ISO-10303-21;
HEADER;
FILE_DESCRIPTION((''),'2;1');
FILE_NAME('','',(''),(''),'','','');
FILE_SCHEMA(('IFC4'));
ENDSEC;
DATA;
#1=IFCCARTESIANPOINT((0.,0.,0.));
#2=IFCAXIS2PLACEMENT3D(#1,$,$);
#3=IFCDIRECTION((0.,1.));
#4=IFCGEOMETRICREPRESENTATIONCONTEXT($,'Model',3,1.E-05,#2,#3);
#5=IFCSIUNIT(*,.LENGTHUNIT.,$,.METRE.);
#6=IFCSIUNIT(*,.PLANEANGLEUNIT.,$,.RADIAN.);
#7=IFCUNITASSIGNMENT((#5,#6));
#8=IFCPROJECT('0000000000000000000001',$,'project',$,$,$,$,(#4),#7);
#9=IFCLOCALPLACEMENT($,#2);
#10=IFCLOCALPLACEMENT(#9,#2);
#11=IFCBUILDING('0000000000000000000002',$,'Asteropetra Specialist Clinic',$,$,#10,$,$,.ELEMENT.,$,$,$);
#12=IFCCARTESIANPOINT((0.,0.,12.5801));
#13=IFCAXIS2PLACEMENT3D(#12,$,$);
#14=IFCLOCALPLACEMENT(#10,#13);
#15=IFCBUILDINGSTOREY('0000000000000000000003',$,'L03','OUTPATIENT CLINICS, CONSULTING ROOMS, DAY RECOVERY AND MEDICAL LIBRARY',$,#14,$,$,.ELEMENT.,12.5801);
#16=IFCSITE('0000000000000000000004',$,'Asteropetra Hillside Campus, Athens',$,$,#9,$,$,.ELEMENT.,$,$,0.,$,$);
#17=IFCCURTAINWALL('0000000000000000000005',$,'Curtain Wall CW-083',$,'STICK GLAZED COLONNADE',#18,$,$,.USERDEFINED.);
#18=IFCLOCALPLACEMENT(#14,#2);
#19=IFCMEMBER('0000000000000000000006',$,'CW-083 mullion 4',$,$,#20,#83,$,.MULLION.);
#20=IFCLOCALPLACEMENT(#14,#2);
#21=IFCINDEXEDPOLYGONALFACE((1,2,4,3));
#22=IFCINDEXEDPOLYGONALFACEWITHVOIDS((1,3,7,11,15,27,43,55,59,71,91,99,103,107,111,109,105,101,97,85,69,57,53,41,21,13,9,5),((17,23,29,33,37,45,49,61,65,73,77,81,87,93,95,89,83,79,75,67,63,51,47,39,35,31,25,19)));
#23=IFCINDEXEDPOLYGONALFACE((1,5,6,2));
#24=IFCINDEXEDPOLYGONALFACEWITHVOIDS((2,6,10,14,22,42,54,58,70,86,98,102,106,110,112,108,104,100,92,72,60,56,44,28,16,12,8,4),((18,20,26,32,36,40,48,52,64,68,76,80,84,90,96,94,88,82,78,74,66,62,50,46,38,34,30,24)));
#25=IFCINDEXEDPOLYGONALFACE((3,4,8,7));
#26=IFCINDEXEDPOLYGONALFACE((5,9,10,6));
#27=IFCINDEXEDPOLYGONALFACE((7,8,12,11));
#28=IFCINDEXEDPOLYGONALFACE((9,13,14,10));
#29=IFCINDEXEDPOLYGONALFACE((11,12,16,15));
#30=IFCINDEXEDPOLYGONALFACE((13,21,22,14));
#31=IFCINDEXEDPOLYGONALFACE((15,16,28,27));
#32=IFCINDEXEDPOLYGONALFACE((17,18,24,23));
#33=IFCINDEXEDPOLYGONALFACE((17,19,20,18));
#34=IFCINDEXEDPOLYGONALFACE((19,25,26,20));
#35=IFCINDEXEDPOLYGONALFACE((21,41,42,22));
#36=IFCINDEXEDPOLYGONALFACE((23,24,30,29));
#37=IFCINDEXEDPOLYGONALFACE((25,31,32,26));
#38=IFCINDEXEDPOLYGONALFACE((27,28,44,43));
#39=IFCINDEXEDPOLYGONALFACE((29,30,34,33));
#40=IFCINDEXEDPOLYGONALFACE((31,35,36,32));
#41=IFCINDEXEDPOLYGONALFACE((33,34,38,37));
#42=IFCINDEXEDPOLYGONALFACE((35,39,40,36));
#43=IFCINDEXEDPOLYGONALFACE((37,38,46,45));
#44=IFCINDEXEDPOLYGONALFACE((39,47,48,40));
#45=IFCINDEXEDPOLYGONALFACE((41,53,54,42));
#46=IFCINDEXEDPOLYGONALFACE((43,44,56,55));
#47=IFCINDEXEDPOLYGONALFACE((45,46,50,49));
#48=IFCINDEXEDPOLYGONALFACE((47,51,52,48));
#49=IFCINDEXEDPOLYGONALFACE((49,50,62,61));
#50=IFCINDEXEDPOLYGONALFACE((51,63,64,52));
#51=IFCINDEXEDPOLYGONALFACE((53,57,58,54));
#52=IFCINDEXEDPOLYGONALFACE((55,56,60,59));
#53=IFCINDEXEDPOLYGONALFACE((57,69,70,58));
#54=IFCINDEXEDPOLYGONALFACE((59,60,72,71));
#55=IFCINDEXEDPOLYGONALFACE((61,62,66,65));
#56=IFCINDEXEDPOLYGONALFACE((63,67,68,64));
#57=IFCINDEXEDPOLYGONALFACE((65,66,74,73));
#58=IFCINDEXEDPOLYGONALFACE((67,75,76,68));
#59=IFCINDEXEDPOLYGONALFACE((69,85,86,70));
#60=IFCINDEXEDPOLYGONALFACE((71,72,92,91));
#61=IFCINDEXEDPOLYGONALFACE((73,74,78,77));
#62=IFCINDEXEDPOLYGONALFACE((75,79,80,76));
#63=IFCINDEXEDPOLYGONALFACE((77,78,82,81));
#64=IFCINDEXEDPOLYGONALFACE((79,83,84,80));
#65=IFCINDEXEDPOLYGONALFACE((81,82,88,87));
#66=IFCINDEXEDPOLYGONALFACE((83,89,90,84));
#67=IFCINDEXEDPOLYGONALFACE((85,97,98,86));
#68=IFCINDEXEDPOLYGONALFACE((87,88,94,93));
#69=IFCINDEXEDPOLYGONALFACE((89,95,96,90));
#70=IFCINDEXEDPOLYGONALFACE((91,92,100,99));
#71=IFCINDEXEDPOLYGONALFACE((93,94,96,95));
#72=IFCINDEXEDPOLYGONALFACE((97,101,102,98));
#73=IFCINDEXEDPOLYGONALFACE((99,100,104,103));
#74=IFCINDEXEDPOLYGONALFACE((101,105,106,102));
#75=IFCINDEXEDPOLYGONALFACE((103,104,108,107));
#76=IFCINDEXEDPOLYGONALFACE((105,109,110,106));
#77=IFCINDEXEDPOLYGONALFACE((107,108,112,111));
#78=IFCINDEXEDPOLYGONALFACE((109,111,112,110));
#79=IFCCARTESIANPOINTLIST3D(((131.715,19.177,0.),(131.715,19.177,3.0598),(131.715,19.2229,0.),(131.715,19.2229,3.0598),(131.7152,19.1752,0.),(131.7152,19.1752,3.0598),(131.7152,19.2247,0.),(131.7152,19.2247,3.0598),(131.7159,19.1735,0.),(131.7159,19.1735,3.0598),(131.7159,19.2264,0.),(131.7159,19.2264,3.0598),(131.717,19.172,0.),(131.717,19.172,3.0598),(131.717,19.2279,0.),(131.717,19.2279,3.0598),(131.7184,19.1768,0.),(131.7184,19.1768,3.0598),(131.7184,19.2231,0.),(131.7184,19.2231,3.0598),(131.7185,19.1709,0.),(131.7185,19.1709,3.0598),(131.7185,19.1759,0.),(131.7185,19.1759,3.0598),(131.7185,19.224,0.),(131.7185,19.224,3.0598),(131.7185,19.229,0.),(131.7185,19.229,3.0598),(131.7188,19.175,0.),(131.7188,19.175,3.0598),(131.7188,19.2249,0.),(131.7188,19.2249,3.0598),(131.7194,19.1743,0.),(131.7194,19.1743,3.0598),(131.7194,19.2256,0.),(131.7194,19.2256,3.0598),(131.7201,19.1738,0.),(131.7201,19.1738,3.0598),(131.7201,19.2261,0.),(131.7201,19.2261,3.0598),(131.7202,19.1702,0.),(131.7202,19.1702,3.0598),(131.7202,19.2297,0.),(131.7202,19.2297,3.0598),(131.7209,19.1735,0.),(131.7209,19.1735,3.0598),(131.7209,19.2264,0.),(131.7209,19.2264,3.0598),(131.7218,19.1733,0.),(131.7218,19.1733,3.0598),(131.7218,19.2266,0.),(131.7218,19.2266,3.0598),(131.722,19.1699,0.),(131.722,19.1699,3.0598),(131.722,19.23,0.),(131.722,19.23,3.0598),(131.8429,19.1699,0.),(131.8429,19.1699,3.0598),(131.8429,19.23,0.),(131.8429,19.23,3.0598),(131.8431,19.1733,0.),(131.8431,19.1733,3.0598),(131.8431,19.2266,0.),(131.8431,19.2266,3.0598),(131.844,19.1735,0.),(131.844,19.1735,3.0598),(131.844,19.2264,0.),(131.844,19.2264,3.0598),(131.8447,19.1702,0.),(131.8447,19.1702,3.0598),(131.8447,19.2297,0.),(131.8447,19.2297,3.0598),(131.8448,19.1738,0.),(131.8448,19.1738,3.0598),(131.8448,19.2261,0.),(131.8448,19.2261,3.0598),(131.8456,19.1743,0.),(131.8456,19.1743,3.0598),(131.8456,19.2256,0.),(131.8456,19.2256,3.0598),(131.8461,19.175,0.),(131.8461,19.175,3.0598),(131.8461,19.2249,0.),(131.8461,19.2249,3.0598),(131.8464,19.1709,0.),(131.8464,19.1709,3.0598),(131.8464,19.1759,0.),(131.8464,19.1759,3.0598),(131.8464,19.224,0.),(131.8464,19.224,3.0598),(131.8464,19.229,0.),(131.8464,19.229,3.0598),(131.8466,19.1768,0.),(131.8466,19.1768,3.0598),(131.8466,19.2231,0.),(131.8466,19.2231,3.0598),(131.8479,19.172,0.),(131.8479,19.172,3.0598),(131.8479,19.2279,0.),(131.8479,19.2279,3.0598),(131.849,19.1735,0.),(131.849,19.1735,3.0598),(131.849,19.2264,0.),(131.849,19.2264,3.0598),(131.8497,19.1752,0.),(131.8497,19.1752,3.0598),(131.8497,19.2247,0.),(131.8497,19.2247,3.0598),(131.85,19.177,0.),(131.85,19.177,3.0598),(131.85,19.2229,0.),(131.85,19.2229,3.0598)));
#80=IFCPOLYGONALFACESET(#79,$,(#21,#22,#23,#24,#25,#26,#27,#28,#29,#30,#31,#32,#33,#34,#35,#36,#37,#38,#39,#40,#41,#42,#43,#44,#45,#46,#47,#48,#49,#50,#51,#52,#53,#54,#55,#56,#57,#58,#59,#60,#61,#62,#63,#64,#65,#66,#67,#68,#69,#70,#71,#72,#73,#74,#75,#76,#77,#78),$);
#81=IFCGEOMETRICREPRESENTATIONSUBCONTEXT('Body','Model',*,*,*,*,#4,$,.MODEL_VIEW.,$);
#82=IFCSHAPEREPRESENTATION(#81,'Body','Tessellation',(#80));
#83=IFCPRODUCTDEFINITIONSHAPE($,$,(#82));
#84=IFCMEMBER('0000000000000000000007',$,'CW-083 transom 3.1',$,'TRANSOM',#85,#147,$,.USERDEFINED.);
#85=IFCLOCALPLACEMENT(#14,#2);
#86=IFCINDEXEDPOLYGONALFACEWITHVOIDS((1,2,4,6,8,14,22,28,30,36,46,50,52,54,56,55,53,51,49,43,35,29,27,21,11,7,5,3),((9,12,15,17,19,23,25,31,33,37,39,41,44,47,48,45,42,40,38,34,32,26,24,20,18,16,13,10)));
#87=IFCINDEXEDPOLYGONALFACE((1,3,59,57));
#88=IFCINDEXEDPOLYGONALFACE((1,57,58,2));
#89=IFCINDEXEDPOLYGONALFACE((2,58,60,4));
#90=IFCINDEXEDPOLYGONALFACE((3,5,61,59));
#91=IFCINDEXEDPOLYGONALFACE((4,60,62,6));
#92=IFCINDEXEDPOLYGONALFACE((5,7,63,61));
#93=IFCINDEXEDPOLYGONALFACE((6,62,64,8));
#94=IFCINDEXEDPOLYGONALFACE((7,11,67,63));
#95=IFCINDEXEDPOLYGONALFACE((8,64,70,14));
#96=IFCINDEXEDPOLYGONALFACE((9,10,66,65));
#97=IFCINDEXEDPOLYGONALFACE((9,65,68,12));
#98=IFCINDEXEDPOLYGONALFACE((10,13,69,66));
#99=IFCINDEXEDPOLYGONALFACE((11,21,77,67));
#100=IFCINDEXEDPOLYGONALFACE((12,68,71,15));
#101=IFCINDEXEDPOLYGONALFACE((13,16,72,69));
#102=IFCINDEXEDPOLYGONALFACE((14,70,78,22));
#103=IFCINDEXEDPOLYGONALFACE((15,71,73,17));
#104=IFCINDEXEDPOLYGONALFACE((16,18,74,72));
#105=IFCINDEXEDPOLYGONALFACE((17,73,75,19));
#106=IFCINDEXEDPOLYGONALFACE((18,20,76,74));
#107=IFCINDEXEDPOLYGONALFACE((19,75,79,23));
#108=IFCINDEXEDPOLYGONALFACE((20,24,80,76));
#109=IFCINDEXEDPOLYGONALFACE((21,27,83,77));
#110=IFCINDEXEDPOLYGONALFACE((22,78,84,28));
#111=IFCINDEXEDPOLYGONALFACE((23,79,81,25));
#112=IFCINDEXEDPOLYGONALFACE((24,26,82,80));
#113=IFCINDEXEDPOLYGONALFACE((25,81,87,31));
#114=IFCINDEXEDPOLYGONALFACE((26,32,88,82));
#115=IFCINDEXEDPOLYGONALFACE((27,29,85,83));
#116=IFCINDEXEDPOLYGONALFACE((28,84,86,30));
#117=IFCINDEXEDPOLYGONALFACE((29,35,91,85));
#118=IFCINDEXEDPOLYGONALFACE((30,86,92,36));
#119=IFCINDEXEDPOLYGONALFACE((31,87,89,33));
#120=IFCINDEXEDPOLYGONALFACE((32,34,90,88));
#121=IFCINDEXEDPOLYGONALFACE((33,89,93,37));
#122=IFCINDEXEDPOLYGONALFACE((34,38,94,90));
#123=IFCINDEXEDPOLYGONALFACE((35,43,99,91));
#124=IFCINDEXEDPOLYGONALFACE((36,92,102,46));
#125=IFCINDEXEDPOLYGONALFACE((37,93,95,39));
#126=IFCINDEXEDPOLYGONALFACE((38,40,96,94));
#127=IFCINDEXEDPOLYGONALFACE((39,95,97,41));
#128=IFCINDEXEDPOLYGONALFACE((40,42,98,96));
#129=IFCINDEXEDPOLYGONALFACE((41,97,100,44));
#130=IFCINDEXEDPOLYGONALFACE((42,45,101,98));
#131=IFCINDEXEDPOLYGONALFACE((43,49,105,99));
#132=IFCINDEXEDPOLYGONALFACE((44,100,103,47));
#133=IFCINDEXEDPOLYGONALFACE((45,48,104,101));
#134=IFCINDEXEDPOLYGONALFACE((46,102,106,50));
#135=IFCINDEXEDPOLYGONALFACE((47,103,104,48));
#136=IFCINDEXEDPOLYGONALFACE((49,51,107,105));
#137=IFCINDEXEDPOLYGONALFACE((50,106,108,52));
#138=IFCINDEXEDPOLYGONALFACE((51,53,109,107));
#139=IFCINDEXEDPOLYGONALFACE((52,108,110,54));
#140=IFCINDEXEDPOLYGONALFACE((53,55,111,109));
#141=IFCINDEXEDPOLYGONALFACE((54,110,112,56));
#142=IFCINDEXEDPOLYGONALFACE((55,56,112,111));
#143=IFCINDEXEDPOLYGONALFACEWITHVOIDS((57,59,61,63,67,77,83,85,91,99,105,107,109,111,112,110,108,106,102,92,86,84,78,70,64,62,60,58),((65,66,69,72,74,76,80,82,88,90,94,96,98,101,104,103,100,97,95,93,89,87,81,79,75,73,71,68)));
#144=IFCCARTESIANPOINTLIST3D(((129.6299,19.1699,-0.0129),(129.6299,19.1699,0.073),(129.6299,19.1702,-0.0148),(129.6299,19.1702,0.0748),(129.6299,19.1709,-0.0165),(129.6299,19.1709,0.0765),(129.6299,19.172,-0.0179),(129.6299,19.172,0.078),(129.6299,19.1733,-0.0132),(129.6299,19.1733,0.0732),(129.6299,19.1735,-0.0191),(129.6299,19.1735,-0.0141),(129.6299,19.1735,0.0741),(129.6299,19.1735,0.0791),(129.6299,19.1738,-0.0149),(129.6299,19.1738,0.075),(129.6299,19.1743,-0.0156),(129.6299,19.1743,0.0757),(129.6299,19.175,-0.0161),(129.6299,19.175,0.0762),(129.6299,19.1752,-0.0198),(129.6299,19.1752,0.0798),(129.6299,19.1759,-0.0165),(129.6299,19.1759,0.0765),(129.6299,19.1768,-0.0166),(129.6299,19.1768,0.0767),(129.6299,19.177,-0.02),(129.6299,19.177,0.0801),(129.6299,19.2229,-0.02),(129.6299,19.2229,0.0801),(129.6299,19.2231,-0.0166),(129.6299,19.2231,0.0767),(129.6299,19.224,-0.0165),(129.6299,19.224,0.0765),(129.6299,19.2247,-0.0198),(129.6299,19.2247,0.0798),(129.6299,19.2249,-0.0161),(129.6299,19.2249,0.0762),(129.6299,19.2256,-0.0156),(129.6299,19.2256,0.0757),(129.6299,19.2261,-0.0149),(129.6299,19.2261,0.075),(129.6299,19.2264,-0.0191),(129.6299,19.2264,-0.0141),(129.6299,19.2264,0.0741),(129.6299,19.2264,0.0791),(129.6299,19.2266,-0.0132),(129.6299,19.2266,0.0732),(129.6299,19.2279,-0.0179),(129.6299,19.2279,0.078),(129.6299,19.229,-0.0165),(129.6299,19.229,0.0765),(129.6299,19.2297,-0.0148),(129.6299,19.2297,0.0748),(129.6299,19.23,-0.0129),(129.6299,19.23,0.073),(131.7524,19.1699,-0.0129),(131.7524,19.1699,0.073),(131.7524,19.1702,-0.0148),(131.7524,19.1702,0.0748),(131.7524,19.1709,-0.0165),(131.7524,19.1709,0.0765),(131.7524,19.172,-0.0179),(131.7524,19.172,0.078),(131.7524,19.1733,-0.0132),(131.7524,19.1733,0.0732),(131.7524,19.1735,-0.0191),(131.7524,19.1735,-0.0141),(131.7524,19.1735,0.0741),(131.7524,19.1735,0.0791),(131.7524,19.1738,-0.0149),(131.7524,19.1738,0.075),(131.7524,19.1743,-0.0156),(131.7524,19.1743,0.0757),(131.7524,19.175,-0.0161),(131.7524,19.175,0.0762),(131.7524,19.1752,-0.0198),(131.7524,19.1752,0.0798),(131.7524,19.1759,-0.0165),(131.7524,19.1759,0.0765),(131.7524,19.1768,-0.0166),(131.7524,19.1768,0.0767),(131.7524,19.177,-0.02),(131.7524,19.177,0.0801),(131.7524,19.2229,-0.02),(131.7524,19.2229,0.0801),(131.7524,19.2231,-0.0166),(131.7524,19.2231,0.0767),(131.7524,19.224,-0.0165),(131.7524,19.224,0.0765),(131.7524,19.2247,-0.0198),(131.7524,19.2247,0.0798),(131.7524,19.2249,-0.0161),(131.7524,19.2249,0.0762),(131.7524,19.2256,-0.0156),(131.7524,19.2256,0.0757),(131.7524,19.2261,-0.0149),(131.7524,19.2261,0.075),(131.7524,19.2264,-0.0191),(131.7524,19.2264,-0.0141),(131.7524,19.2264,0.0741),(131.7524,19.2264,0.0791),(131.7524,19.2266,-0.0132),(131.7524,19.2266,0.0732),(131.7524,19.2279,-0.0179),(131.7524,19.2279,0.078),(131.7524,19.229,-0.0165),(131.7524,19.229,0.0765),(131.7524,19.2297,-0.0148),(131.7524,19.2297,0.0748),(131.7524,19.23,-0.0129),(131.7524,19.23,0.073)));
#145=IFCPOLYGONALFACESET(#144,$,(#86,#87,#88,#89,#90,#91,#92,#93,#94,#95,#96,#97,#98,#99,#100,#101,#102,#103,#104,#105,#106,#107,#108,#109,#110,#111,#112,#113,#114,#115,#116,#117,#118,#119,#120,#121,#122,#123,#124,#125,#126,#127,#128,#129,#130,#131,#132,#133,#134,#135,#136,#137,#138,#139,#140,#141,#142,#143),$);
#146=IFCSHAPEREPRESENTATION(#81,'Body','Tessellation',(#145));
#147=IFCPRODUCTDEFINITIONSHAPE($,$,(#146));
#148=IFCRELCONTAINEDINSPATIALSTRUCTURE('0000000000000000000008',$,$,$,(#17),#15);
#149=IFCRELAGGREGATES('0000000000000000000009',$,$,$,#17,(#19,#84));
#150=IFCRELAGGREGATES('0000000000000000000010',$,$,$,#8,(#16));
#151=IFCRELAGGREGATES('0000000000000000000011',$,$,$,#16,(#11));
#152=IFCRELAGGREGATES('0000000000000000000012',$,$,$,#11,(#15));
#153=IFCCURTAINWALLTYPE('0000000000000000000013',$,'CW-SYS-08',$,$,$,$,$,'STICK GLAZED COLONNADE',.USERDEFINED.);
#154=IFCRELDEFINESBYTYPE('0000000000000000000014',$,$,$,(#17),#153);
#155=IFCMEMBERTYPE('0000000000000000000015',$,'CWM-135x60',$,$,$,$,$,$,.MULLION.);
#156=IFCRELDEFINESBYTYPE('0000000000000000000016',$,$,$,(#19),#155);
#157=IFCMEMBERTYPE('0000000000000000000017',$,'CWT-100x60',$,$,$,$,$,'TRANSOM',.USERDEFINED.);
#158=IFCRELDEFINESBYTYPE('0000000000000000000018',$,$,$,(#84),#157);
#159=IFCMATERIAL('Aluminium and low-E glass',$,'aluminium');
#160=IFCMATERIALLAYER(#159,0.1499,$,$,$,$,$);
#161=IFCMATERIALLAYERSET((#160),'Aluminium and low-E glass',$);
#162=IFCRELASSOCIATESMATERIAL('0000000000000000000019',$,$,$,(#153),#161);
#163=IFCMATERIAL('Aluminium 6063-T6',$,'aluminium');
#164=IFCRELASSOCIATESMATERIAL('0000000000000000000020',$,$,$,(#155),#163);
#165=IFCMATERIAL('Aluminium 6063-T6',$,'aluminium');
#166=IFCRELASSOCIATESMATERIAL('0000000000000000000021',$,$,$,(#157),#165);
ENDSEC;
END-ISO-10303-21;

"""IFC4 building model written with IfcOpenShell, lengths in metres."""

from ifc_helpers import new_model, si_unit, direction, frame, origin, origin_2d, place, context, subcontext, project, spatial, hollow_rectangle, extrude, material, layer, layer_set, material_profile, profile_set, type_object, element, aggregate, save


model = new_model("IFC4")

# Units and contexts
model_context = context("Model", 3, precision=1e-05, world=origin(), true_north=direction((0.0, 1.0)))
body_context = subcontext(model_context, "Body", "Model", "MODEL_VIEW")
ifc_project = project(units=[si_unit("LENGTHUNIT", "METRE"), si_unit("PLANEANGLEUNIT", "RADIAN")], contexts=[model_context])

# Site, building, storey
site_placement = place(None, origin())
site = spatial("IfcSite", under=ifc_project, at=site_placement, Name="Asteropetra Hillside Campus, Athens", CompositionType="ELEMENT", RefElevation=0.0)
building_placement = place(site_placement, origin())
building = spatial("IfcBuilding", under=site, at=building_placement, Name="Asteropetra Specialist Clinic", CompositionType="ELEMENT")
storey_placement = place(building_placement, frame((0.0, 0.0, 12.5801)))
storey = spatial("IfcBuildingStorey", under=building, at=storey_placement, Name="L03", Description="OUTPATIENT CLINICS, CONSULTING ROOMS, DAY RECOVERY AND MEDICAL LIBRARY", CompositionType="ELEMENT", Elevation=12.5801)

# Curtain wall, members
ifc_material_1 = material(Name="Aluminium and low-E glass", Category="aluminium")
ifc_layer_1 = layer(ifc_material_1, 0.1499)
ifc_layer_set_1 = layer_set([ifc_layer_1], Name="Aluminium and low-E glass")
curtain_wall_type = type_object("IfcCurtainWallType", Name="CW-SYS-08", ElementType="STICK GLAZED COLONNADE", PredefinedType="USERDEFINED", material=ifc_layer_set_1)
curtain_wall_placement = place(storey_placement, origin())
curtain_wall = element("IfcCurtainWall", 1, at=curtain_wall_placement, inside=storey, type_object=curtain_wall_type, Name="Curtain Wall CW-083", ObjectType="STICK GLAZED COLONNADE", PredefinedType="USERDEFINED")
ifc_material_2 = material(Name="Aluminium 6063-T6", Category="aluminium")
ifc_material_profile_1 = material_profile(ifc_material_2, hollow_rectangle(XDim=0.0601, YDim=0.135, WallThickness=0.0034, InnerFilletRadius=0.0034, OuterFilletRadius=0.0071, at=origin_2d()), Name="MUL 135x60x3.5")
ifc_profile_set_1 = profile_set([ifc_material_profile_1], Name="Aluminium 6063-T6")
member_type_1 = type_object("IfcMemberType", Name="CWM-135x60", PredefinedType="MULLION", material=ifc_profile_set_1)
member_1_placement = place(storey_placement, frame((131.7825, 19.2, 0.0), z_axis=(0.0, 0.0, 1.0), x_axis=(0.0, 1.0, 0.0)))
member_1 = element("IfcMember", 2, at=member_1_placement, type_object=member_type_1, Name="CW-083 mullion 4", PredefinedType="MULLION", context=body_context, shape_type="SweptSolid", body=[
    extrude(hollow_rectangle(XDim=0.0601, YDim=0.135, WallThickness=0.0034, InnerFilletRadius=0.0034, OuterFilletRadius=0.0071, at=origin_2d()), origin(), (0.0, 0.0, 1.0), 3.0598),
])
ifc_material_3 = material(Name="Aluminium 6063-T6", Category="aluminium")
ifc_material_profile_2 = material_profile(ifc_material_3, hollow_rectangle(XDim=0.0601, YDim=0.1001, WallThickness=0.0034, InnerFilletRadius=0.0034, OuterFilletRadius=0.0071, at=origin_2d()), Name="TRN 100x60x3.5")
ifc_profile_set_2 = profile_set([ifc_material_profile_2], Name="Aluminium 6063-T6")
member_type_2 = type_object("IfcMemberType", Name="CWT-100x60", ElementType="TRANSOM", PredefinedType="USERDEFINED", material=ifc_profile_set_2)
member_2_placement = place(storey_placement, frame((129.6299, 19.2, 0.03), z_axis=(1.0, 0.0, 0.0), x_axis=(0.0, 1.0, 0.0)))
member_2 = element("IfcMember", 3, at=member_2_placement, type_object=member_type_2, Name="CW-083 transom 3.1", ObjectType="TRANSOM", PredefinedType="USERDEFINED", context=body_context, shape_type="SweptSolid", body=[
    extrude(hollow_rectangle(XDim=0.0601, YDim=0.1001, WallThickness=0.0034, InnerFilletRadius=0.0034, OuterFilletRadius=0.0071, at=origin_2d()), origin(), (0.0, 0.0, 1.0), 2.1226),
])

aggregate(curtain_wall, [member_1, member_2])

save(model, "model.ifc")
